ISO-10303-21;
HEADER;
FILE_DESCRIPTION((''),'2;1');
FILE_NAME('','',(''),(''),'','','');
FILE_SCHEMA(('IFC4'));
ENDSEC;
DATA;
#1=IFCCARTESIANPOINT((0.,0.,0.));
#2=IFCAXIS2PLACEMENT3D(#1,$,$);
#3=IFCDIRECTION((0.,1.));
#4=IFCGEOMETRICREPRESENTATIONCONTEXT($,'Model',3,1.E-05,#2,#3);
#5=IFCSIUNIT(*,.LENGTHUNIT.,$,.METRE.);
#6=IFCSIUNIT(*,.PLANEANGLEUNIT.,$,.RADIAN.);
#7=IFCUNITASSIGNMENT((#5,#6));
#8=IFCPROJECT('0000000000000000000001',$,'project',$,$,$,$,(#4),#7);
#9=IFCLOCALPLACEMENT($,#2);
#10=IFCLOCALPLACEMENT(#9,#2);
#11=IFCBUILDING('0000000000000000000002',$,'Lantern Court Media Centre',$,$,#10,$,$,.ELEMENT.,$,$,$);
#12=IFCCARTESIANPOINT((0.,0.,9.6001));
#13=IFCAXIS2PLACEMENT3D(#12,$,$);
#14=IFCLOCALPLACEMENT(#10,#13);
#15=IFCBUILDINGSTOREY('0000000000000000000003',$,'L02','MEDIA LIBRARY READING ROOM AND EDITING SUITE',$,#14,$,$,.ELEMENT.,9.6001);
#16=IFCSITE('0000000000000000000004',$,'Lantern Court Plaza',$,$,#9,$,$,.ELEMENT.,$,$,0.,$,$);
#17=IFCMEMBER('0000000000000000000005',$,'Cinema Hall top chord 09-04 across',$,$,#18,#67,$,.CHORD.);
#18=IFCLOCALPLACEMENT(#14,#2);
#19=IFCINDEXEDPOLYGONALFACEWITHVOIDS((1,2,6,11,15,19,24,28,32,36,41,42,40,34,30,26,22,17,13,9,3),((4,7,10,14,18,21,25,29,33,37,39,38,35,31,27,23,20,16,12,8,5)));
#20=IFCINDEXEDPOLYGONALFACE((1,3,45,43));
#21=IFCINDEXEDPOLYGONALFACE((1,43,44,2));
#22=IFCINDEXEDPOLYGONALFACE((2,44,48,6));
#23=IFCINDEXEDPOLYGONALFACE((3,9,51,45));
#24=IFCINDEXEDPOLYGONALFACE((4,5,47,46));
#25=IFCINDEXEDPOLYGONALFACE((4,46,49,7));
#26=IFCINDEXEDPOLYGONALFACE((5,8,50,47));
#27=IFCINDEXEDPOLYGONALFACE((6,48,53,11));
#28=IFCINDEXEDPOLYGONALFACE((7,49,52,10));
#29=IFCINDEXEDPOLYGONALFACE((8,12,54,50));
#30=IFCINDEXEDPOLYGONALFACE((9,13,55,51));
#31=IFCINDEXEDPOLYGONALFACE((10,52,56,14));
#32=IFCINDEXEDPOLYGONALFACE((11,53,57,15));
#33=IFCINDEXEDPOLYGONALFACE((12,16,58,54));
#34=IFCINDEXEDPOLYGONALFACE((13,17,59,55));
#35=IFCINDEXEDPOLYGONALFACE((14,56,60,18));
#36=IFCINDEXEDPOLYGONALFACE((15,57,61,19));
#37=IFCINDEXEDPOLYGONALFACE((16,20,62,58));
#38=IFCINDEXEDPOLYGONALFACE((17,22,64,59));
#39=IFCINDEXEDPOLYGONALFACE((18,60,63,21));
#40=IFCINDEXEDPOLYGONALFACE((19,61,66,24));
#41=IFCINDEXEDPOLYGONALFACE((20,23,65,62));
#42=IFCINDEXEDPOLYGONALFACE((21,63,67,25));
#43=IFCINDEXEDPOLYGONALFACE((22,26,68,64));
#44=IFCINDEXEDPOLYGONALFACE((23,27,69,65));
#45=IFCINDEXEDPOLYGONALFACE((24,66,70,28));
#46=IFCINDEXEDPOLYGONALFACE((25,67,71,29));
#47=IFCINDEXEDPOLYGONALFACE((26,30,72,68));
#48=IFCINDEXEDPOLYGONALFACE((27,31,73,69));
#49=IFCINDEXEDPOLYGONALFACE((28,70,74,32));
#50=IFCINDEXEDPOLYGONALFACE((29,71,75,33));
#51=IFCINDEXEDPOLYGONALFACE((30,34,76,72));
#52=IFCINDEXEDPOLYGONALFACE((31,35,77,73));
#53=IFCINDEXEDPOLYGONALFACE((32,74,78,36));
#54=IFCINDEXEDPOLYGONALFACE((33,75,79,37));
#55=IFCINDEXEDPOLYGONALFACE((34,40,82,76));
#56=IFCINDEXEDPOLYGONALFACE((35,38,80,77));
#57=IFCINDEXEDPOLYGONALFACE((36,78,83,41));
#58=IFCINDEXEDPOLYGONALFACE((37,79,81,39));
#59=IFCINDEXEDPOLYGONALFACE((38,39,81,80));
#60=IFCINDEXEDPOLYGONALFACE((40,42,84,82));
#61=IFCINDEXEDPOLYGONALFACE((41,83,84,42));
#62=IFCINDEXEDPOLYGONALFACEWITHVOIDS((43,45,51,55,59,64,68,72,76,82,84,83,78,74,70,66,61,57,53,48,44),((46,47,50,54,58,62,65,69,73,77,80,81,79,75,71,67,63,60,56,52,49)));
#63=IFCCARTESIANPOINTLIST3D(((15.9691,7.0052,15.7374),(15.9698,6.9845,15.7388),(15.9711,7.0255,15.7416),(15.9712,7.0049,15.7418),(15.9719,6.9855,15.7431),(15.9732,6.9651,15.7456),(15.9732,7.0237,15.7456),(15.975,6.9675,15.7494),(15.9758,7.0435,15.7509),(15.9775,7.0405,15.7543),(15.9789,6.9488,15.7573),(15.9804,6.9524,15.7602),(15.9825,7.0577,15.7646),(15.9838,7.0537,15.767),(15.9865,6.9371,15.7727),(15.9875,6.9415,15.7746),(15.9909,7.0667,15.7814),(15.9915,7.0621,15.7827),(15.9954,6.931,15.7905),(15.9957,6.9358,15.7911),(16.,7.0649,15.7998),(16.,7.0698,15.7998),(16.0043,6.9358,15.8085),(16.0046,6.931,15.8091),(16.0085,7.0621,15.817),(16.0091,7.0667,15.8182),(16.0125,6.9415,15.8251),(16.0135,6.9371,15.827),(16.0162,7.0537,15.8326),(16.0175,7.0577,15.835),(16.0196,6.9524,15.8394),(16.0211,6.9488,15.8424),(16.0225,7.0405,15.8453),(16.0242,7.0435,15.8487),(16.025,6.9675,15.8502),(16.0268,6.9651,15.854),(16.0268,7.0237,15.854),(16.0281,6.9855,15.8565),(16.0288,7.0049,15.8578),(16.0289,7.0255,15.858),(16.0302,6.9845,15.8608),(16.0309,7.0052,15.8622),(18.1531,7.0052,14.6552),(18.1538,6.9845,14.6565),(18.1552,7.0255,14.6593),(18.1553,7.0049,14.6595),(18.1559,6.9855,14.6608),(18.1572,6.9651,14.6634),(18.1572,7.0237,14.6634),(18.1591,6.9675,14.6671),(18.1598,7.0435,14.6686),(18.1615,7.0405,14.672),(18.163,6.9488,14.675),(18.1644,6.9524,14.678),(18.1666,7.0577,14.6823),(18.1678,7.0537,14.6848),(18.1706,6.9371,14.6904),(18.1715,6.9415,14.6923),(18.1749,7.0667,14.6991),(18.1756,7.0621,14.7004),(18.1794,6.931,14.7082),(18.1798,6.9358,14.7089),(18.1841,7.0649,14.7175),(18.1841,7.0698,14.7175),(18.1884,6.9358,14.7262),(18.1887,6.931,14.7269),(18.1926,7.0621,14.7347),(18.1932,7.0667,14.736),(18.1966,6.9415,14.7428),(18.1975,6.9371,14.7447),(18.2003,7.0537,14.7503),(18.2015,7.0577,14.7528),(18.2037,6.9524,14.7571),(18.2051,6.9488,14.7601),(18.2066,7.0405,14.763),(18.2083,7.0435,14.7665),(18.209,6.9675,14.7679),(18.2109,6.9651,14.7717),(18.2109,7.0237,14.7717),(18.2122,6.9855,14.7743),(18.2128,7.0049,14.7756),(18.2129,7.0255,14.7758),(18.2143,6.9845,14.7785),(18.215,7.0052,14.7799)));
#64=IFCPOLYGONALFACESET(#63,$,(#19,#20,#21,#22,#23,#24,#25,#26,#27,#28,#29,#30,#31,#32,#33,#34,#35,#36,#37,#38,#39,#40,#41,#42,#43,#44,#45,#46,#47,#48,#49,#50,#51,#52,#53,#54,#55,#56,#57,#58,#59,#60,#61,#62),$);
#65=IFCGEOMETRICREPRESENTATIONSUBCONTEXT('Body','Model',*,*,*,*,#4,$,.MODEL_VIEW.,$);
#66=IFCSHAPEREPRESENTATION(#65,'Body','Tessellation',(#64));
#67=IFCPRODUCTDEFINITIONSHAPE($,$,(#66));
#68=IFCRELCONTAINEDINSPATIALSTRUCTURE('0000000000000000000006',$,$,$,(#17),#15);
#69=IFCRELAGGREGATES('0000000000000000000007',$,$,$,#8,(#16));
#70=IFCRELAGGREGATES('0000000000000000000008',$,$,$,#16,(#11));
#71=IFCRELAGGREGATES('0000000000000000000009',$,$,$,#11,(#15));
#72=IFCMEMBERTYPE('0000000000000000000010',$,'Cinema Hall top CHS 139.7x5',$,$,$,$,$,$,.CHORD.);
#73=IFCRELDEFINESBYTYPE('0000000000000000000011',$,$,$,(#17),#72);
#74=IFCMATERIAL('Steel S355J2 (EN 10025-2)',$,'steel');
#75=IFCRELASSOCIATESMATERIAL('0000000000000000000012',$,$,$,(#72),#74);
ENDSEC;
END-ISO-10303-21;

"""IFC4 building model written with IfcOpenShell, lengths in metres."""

from ifc_helpers import new_model, si_unit, direction, frame, origin, origin_2d, place, context, subcontext, project, spatial, hollow_circle, extrude, material, material_profile, profile_set, type_object, element, save


model = new_model("IFC4")

# Units and contexts
model_context = context("Model", 3, precision=1e-05, world=origin(), true_north=direction((0.0, 1.0)))
body_context = subcontext(model_context, "Body", "Model", "MODEL_VIEW")
ifc_project = project(units=[si_unit("LENGTHUNIT", "METRE"), si_unit("PLANEANGLEUNIT", "RADIAN")], contexts=[model_context])

# Site, building, storey
site_placement = place(None, origin())
site = spatial("IfcSite", under=ifc_project, at=site_placement, Name="Lantern Court Plaza", CompositionType="ELEMENT", RefElevation=0.0)
building_placement = place(site_placement, origin())
building = spatial("IfcBuilding", under=site, at=building_placement, Name="Lantern Court Media Centre", CompositionType="ELEMENT")
storey_placement = place(building_placement, frame((0.0, 0.0, 9.6001)))
storey = spatial("IfcBuildingStorey", under=building, at=storey_placement, Name="L02", Description="MEDIA LIBRARY READING ROOM AND EDITING SUITE", CompositionType="ELEMENT", Elevation=9.6001)

# Member
ifc_material = material(Name="Steel S355J2 (EN 10025-2)", Category="steel")
ifc_material_profile_1 = material_profile(ifc_material, hollow_circle(Radius=0.0698, WallThickness=0.0049, at=origin_2d()), Name="Cinema Hall top CHS 139.7x5")
ifc_profile_set_1 = profile_set([ifc_material_profile_1], Name="Steel S355J2 (EN 10025-2)")
member_type_1 = type_object("IfcMemberType", Name="Cinema Hall top CHS 139.7x5", PredefinedType="CHORD", material=ifc_profile_set_1)
for number, where, z_axis, x_axis, name in (
    (1, (16.0, 7.0, 15.7998), (0.896024, 0.0, -0.444006), (0.0, 1.0, 0.0), "Cinema Hall top chord 09-04 across"),
):
    element("IfcMember", number, at=place(storey_placement, frame(where, z_axis=z_axis, x_axis=x_axis)), inside=storey, type_object=member_type_1, Name=name, PredefinedType="CHORD", context=body_context, shape_type="SweptSolid", body=[
        extrude(hollow_circle(Radius=0.0698, WallThickness=0.0049, at=origin_2d()), origin(), (0.0, 0.0, 1.0), 2.4375),
    ])

save(model, "model.ifc")
